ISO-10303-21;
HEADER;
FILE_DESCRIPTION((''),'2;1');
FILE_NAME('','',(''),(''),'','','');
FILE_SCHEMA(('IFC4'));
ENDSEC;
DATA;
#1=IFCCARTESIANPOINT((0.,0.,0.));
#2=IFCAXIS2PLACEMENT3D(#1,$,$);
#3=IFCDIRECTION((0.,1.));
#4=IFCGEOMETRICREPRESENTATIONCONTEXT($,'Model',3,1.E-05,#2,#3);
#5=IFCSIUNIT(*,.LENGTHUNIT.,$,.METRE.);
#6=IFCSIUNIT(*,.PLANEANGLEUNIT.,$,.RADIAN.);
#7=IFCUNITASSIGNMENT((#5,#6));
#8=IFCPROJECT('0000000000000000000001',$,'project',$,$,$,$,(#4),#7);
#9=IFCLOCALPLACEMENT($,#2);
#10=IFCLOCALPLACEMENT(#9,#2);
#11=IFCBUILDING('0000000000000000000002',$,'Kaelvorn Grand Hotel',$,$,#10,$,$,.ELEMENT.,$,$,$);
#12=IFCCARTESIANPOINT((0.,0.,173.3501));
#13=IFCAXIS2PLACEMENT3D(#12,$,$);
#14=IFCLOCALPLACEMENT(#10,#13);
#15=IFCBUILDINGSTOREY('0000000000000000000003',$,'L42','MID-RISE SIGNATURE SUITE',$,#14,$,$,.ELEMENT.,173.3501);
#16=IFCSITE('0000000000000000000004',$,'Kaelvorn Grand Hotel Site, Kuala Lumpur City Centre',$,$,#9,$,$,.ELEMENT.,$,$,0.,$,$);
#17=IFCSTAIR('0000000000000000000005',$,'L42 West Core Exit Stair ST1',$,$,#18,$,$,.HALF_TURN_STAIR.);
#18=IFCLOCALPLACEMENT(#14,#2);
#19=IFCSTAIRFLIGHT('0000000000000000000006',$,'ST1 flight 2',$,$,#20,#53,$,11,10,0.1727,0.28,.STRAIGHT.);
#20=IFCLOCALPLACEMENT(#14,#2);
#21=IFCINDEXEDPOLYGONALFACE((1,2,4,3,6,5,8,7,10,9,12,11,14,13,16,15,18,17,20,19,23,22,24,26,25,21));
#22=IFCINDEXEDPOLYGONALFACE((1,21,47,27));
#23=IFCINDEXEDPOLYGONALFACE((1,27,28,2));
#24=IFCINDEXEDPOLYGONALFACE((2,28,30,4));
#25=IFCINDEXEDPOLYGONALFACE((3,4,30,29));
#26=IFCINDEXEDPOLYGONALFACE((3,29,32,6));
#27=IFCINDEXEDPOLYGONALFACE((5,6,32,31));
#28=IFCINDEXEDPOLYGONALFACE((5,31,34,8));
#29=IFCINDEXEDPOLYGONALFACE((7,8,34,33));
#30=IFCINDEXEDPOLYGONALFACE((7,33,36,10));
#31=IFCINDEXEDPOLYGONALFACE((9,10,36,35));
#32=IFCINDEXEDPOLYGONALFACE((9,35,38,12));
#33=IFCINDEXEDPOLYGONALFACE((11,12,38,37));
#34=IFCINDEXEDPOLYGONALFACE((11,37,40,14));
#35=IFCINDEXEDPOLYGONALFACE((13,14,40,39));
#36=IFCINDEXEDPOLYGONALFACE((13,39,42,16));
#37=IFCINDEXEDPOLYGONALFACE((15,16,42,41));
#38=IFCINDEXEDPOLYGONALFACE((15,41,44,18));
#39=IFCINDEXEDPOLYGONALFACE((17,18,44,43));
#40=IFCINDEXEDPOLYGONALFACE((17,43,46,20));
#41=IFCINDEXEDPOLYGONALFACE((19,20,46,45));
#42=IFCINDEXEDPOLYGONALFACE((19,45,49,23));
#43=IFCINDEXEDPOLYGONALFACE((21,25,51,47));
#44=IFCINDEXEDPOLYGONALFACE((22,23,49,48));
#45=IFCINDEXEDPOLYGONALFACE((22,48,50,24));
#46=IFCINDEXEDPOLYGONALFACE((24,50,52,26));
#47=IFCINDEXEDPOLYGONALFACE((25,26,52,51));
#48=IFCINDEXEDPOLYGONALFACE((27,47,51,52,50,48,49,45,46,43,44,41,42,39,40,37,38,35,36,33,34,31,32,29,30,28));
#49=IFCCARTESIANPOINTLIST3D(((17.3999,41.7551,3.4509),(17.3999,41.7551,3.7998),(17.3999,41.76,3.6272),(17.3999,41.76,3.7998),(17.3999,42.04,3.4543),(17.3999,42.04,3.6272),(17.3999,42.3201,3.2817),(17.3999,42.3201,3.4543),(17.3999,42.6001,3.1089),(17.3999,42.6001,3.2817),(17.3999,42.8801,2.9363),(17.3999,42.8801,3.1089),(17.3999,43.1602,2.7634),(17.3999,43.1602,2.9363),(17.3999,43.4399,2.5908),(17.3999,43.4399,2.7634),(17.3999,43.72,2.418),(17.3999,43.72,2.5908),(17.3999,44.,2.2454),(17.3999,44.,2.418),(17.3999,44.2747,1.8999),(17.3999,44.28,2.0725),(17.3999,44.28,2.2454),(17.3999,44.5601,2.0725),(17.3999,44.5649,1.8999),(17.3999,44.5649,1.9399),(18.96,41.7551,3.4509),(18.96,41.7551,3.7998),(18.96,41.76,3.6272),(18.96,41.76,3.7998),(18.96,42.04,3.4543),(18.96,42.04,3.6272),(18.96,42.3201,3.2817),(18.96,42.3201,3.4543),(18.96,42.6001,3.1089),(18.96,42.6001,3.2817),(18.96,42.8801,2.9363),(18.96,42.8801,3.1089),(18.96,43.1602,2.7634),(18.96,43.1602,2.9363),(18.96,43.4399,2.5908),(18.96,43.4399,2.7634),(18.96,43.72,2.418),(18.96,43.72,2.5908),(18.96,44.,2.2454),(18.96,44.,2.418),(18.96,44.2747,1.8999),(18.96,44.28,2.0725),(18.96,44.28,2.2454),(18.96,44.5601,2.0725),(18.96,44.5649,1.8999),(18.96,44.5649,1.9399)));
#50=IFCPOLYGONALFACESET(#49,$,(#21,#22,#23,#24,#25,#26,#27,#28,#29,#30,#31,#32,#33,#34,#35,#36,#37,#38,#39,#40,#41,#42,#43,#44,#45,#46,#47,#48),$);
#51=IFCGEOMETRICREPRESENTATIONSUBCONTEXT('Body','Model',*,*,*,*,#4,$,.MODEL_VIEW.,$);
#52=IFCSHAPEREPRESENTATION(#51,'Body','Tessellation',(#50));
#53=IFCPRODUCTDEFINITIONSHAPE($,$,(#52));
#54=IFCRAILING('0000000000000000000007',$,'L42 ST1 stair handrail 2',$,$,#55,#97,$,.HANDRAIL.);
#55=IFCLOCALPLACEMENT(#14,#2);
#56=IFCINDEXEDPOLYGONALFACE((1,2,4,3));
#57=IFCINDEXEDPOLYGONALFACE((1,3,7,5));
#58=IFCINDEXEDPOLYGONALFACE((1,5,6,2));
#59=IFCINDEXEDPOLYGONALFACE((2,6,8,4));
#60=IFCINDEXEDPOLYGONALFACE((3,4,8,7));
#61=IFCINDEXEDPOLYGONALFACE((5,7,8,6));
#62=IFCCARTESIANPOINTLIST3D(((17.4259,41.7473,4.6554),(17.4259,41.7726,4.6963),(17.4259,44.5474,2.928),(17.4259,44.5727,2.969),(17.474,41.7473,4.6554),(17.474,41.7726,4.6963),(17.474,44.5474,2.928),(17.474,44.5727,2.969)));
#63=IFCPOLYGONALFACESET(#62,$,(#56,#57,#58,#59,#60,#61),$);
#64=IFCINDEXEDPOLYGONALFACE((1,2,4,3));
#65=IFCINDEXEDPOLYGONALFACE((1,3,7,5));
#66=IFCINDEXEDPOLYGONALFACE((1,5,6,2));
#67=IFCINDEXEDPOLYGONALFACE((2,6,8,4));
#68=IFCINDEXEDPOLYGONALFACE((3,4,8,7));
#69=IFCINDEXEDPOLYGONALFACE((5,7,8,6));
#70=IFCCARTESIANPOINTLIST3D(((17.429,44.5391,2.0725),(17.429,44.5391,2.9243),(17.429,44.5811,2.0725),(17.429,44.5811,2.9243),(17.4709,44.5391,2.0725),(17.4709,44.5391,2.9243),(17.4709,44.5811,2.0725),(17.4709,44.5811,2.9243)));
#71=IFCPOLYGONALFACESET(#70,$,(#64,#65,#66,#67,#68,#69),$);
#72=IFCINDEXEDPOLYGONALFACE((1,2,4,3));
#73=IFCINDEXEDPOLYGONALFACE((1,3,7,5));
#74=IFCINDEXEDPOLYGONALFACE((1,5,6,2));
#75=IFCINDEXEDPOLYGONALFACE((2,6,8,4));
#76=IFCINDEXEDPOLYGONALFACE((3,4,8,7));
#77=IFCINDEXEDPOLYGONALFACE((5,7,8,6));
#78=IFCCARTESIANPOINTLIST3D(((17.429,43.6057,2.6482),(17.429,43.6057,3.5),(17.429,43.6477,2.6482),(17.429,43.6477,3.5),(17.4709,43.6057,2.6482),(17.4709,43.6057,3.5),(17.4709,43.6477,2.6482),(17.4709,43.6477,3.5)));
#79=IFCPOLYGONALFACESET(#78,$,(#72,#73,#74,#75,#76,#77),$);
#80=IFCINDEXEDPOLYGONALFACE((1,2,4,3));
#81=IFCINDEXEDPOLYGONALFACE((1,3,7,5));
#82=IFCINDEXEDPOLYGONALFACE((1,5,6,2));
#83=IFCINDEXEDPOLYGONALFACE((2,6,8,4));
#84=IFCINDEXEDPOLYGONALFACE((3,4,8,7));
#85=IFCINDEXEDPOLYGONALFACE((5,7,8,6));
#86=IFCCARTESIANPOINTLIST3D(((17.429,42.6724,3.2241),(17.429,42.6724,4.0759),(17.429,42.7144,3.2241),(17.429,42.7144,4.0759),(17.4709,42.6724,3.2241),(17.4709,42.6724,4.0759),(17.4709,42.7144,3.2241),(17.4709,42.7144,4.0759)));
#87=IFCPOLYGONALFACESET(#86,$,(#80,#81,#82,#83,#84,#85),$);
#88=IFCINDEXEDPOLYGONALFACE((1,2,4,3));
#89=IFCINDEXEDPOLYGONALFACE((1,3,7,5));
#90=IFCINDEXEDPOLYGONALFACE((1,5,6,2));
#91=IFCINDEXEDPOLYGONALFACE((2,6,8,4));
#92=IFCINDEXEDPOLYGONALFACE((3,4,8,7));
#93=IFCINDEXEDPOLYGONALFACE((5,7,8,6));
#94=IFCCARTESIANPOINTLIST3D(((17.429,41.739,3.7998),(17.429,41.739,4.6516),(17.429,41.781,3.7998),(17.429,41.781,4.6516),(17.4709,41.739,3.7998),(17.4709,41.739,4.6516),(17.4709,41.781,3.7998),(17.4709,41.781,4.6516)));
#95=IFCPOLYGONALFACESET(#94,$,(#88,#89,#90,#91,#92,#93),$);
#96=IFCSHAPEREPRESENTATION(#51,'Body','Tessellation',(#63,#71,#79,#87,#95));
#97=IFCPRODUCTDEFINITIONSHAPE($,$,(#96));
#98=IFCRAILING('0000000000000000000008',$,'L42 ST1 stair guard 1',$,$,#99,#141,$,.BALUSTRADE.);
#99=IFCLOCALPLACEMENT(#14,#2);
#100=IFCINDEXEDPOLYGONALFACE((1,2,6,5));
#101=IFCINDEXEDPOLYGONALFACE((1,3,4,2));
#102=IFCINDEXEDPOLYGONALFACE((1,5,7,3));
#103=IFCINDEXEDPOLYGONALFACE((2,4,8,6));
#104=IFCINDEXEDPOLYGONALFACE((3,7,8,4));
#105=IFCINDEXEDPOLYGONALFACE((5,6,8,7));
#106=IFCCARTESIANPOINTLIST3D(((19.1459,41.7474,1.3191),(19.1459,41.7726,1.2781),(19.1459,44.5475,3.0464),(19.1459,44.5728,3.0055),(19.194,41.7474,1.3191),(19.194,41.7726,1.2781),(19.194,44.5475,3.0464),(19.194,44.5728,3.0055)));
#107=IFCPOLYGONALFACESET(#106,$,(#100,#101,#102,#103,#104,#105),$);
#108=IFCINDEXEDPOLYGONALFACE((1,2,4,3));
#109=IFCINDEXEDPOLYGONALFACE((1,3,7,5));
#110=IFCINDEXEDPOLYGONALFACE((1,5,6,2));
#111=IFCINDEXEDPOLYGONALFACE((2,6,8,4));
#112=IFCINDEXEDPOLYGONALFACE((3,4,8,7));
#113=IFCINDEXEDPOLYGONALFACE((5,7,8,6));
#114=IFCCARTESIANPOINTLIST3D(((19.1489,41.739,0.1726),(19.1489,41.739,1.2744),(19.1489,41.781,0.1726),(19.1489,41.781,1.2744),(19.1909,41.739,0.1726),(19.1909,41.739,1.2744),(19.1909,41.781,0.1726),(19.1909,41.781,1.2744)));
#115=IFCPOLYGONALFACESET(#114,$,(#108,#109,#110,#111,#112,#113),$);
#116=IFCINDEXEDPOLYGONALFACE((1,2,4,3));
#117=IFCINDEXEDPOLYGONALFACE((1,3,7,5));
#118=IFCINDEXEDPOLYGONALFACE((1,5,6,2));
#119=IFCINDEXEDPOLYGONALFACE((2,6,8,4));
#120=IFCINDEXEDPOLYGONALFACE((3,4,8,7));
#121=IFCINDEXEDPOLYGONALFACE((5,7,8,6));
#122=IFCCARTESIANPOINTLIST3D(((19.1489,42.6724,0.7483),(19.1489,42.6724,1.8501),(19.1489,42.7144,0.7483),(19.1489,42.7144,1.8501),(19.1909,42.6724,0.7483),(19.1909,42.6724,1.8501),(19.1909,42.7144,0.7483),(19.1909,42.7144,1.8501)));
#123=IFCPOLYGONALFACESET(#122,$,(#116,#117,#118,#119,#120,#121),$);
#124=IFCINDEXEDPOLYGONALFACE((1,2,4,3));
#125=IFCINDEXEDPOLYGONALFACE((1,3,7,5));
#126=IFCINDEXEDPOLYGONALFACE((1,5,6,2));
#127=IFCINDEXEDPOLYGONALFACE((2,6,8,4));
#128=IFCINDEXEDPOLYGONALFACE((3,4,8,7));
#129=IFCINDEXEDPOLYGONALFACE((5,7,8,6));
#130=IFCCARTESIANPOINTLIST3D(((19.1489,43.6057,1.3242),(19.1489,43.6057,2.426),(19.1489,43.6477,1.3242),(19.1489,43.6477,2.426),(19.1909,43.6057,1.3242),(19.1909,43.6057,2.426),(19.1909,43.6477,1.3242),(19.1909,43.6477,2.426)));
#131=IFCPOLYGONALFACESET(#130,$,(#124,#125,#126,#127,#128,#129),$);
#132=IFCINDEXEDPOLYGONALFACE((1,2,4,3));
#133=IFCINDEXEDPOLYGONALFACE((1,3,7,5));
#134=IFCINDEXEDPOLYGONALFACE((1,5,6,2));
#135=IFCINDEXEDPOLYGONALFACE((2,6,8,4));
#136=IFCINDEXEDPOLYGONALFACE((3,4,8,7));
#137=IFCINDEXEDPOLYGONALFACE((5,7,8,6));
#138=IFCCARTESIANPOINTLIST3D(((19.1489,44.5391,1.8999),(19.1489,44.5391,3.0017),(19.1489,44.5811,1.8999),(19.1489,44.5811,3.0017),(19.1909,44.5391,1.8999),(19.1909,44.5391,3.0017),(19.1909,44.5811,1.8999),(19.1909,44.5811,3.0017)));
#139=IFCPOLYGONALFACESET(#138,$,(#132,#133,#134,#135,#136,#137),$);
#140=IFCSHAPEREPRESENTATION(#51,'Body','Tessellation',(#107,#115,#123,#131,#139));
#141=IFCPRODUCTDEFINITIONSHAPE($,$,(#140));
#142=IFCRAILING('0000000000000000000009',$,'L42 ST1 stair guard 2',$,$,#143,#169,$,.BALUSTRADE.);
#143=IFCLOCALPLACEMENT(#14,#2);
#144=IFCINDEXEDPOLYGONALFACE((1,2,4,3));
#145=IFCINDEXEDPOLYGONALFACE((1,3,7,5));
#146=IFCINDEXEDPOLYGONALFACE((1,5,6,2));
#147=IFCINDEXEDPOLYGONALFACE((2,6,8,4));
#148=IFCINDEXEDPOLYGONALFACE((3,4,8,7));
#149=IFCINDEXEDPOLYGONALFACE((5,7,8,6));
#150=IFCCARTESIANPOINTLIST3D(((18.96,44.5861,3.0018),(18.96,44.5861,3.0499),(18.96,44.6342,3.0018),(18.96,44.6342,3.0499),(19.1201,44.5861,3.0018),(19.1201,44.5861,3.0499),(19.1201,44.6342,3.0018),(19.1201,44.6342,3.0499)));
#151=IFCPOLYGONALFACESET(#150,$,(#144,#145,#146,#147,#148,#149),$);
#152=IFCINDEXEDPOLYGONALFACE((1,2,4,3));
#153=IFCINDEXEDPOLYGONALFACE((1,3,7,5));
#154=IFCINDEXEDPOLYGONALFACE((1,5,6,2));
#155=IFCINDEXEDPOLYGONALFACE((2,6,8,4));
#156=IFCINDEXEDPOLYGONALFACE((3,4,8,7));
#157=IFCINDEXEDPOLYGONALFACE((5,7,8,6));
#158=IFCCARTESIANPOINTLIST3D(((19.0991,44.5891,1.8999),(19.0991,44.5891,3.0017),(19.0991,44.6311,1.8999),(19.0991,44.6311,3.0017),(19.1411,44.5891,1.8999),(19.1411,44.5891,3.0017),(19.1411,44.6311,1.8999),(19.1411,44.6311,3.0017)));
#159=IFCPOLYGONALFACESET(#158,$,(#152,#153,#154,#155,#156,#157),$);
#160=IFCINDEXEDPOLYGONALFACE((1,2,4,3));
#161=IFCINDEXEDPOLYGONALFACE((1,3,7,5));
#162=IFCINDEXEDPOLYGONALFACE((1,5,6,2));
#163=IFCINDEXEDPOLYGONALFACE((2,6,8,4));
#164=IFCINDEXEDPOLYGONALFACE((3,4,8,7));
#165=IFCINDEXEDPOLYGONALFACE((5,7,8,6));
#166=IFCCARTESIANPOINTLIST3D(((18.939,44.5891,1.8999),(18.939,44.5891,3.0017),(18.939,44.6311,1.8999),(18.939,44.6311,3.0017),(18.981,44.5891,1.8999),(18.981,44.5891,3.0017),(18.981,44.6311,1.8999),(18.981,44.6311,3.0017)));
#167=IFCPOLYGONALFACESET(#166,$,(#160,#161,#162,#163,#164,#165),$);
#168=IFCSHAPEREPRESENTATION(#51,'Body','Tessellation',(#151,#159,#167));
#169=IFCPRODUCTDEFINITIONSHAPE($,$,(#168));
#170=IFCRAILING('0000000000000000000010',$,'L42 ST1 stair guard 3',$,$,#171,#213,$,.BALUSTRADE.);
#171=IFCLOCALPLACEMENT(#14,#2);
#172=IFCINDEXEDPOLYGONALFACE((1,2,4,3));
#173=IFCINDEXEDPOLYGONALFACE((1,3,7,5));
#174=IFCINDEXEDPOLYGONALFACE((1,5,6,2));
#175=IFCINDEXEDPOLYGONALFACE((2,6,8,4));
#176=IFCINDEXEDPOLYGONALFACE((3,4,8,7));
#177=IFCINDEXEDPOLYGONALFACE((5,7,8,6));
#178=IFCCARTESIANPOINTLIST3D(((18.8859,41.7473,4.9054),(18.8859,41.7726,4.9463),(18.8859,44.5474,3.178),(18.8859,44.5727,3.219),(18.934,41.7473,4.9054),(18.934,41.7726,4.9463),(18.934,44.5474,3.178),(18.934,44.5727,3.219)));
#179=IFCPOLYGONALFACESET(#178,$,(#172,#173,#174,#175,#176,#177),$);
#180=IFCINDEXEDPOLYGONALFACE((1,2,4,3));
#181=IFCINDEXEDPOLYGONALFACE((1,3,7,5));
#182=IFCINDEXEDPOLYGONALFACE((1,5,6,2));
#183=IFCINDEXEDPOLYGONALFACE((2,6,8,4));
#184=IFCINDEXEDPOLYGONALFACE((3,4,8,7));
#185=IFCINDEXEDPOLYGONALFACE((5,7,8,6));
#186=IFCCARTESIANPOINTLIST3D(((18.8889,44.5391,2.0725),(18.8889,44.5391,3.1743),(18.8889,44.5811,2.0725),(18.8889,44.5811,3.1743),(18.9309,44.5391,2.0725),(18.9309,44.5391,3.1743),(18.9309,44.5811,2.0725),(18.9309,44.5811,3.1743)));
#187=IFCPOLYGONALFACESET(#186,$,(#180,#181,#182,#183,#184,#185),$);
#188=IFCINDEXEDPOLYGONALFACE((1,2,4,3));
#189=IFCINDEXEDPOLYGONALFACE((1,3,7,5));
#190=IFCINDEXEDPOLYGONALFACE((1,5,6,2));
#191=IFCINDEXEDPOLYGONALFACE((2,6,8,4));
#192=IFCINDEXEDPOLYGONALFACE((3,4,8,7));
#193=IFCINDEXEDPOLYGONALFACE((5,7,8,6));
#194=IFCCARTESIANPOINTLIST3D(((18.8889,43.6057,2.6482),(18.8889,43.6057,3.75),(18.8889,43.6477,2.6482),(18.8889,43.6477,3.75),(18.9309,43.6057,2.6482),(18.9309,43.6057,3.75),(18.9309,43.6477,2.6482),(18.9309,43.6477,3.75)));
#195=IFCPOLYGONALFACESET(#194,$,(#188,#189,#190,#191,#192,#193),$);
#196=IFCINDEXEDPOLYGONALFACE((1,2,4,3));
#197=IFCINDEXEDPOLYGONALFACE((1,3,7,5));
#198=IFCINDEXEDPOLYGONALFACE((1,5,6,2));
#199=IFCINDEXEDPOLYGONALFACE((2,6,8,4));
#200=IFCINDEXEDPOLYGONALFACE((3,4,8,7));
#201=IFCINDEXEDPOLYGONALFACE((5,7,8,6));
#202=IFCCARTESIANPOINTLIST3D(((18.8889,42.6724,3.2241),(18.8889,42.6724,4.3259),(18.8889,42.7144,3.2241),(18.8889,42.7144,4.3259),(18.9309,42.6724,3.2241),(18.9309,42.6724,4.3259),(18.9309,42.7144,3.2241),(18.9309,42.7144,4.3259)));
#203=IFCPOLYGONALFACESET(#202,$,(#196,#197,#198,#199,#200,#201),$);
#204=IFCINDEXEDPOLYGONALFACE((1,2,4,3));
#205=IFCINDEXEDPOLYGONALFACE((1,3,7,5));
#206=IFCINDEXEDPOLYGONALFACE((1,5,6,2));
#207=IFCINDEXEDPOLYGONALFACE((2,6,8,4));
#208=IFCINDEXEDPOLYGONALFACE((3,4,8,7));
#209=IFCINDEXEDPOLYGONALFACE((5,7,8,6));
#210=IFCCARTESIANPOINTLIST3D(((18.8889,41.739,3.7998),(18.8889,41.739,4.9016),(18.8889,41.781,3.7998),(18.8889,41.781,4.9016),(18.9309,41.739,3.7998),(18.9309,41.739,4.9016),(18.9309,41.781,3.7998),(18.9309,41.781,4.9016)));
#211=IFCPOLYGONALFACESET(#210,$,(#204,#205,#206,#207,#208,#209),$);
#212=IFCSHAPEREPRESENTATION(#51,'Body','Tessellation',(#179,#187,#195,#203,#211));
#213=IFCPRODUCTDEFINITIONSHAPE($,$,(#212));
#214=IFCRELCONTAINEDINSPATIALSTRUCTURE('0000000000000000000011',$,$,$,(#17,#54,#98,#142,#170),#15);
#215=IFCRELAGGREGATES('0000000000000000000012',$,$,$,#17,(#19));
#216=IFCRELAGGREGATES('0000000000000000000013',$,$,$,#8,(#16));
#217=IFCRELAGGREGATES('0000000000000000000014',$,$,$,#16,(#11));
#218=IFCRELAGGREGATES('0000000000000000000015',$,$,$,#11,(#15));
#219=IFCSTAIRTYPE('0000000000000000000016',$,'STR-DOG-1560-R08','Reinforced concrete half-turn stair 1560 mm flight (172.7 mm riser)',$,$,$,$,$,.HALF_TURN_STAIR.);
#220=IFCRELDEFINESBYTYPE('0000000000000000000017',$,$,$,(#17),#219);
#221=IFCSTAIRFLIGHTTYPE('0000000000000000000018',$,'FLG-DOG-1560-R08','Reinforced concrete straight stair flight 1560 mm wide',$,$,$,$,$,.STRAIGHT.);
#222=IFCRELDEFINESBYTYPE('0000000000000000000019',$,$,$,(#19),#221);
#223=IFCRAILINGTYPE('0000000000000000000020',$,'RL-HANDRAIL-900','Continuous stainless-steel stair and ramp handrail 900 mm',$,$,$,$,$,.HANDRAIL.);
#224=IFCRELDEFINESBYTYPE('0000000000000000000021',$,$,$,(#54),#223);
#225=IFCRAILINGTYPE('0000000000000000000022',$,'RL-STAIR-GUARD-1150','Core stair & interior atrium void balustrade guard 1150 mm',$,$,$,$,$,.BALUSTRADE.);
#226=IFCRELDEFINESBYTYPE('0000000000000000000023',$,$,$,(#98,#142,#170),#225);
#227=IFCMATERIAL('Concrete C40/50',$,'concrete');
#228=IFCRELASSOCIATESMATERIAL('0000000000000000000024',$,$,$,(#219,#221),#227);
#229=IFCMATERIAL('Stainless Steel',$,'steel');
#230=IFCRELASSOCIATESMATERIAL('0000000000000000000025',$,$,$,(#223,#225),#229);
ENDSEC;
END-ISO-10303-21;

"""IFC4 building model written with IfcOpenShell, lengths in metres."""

from ifc_helpers import new_model, si_unit, direction, frame, origin, origin_2d, place, context, subcontext, project, spatial, polyline, rectangle, outline, extrude, material, type_object, element, aggregate, save


model = new_model("IFC4")

# Units and contexts
model_context = context("Model", 3, precision=1e-05, world=origin(), true_north=direction((0.0, 1.0)))
body_context = subcontext(model_context, "Body", "Model", "MODEL_VIEW")
ifc_project = project(units=[si_unit("LENGTHUNIT", "METRE"), si_unit("PLANEANGLEUNIT", "RADIAN")], contexts=[model_context])

# Site, building, storey
site_placement = place(None, origin())
site = spatial("IfcSite", under=ifc_project, at=site_placement, Name="Kaelvorn Grand Hotel Site, Kuala Lumpur City Centre", CompositionType="ELEMENT", RefElevation=0.0)
building_placement = place(site_placement, origin())
building = spatial("IfcBuilding", under=site, at=building_placement, Name="Kaelvorn Grand Hotel", CompositionType="ELEMENT")
storey_placement = place(building_placement, frame((0.0, 0.0, 173.3501)))
storey = spatial("IfcBuildingStorey", under=building, at=storey_placement, Name="L42", Description="MID-RISE SIGNATURE SUITE", CompositionType="ELEMENT", Elevation=173.3501)

# Shared definitions
ifc_material_1 = material(Name="Concrete C40/50", Category="concrete")

# Stair, stair flight
stair_type = type_object("IfcStairType", Name="STR-DOG-1560-R08", Description="Reinforced concrete half-turn stair 1560 mm flight (172.7 mm riser)", PredefinedType="HALF_TURN_STAIR", material=ifc_material_1)
stair_placement = place(storey_placement, origin())
stair = element("IfcStair", 1, at=stair_placement, inside=storey, type_object=stair_type, Name="L42 West Core Exit Stair ST1", PredefinedType="HALF_TURN_STAIR")
stair_flight_type = type_object("IfcStairFlightType", Name="FLG-DOG-1560-R08", Description="Reinforced concrete straight stair flight 1560 mm wide", PredefinedType="STRAIGHT", material=ifc_material_1)
stair_flight_placement = place(storey_placement, frame((18.1799, 44.5601, 1.8999), z_axis=(0.0, 0.0, 1.0), x_axis=(0.0, -1.0, 0.0)))
stair_flight = element("IfcStairFlight", 2, at=stair_flight_placement, type_object=stair_flight_type, Name="ST1 flight 2", NumberOfRisers=11, NumberOfTreads=10, PredefinedType="STRAIGHT", RiserHeight=0.1727, TreadLength=0.28, context=body_context, shape_type="SweptSolid", body=[
    extrude(outline(polyline([(-0.0049, 0.0), (-0.0049, 0.04), (0.0, 0.1726), (0.28, 0.1726), (0.28, 0.3455), (0.5601, 0.3455), (0.5601, 0.5181), (0.8401, 0.5181), (0.8401, 0.6909), (1.1201, 0.6909), (1.1201, 0.8635), (1.3999, 0.8635), (1.3999, 1.0364), (1.6799, 1.0364), (1.6799, 1.209), (1.96, 1.209), (1.96, 1.3818), (2.24, 1.3818), (2.24, 1.5544), (2.52, 1.5544), (2.52, 1.7273), (2.8, 1.7273), (2.8, 1.8999), (2.8049, 1.8999), (2.8049, 1.551), (0.2854, 0.0), (-0.0049, 0.0)])), frame((0.0, 0.78, 0.0), z_axis=(0.0, -1.0, 0.0), x_axis=(1.0, 0.0, 0.0)), (0.0, 0.0, 1.0), 1.5601),
])
aggregate(stair, [stair_flight])

# Railings
ifc_material_2 = material(Name="Stainless Steel", Category="steel")
railing_type_1 = type_object("IfcRailingType", Name="RL-HANDRAIL-900", Description="Continuous stainless-steel stair and ramp handrail 900 mm", PredefinedType="HANDRAIL", material=ifc_material_2)
railing_1_placement = place(storey_placement, frame((17.45, 44.5601, 2.0725)))
element("IfcRailing", 3, at=railing_1_placement, inside=storey, type_object=railing_type_1, Name="L42 ST1 stair handrail 2", PredefinedType="HANDRAIL", context=body_context, shape_type="SweptSolid", body=[
    extrude(rectangle(XDim=0.0481, YDim=0.0481, at=origin_2d()), frame((0.0, 0.0, 0.876), z_axis=(0.0, -0.85109, 0.52502), x_axis=(1.0, 0.0, 0.0)), (0.0, 0.0, 1.0), 3.29),
    extrude(rectangle(XDim=0.042, YDim=0.042, at=origin_2d()), origin(), (0.0, 0.0, 1.0), 0.8518),
    extrude(rectangle(XDim=0.042, YDim=0.042, at=origin_2d()), frame((0.0, -0.9333, 0.5757)), (0.0, 0.0, 1.0), 0.8518),
    extrude(rectangle(XDim=0.042, YDim=0.042, at=origin_2d()), frame((0.0, -1.8667, 1.1516)), (0.0, 0.0, 1.0), 0.8518),
    extrude(rectangle(XDim=0.042, YDim=0.042, at=origin_2d()), frame((0.0, -2.8, 1.7273)), (0.0, 0.0, 1.0), 0.8518),
])
railing_type_2 = type_object("IfcRailingType", Name="RL-STAIR-GUARD-1150", Description="Core stair & interior atrium void balustrade guard 1150 mm", PredefinedType="BALUSTRADE", material=ifc_material_2)
railing_2_placement = place(storey_placement, frame((19.1699, 41.76, 0.1726)))
element("IfcRailing", 4, at=railing_2_placement, inside=storey, type_object=railing_type_2, Name="L42 ST1 stair guard 1", PredefinedType="BALUSTRADE", context=body_context, shape_type="SweptSolid", body=[
    extrude(rectangle(XDim=0.0481, YDim=0.0481, at=origin_2d()), frame((0.0, 0.0, 1.126), z_axis=(0.0, 0.85109, 0.52502), x_axis=(-1.0, 0.0, 0.0)), (0.0, 0.0, 1.0), 3.29),
    extrude(rectangle(XDim=0.042, YDim=0.042, at=origin_2d()), origin(), (0.0, 0.0, 1.0), 1.1018),
    extrude(rectangle(XDim=0.042, YDim=0.042, at=origin_2d()), frame((0.0, 0.9333, 0.5757)), (0.0, 0.0, 1.0), 1.1018),
    extrude(rectangle(XDim=0.042, YDim=0.042, at=origin_2d()), frame((0.0, 1.8667, 1.1516)), (0.0, 0.0, 1.0), 1.1018),
    extrude(rectangle(XDim=0.042, YDim=0.042, at=origin_2d()), frame((0.0, 2.8, 1.7273)), (0.0, 0.0, 1.0), 1.1018),
])
railing_3_placement = place(storey_placement, frame((19.1201, 44.6101, 1.8999)))
element("IfcRailing", 5, at=railing_3_placement, inside=storey, type_object=railing_type_2, Name="L42 ST1 stair guard 2", PredefinedType="BALUSTRADE", context=body_context, shape_type="SweptSolid", body=[
    extrude(rectangle(XDim=0.0481, YDim=0.0481, at=origin_2d()), frame((0.0, 0.0, 1.126), z_axis=(-1.0, 0.0, 0.0), x_axis=(0.0, -1.0, 0.0)), (0.0, 0.0, 1.0), 0.1602),
    extrude(rectangle(XDim=0.042, YDim=0.042, at=origin_2d()), origin(), (0.0, 0.0, 1.0), 1.1018),
    extrude(rectangle(XDim=0.042, YDim=0.042, at=origin_2d()), frame((-0.1602, 0.0, 0.0)), (0.0, 0.0, 1.0), 1.1018),
])
railing_4_placement = place(storey_placement, frame((18.9099, 44.5601, 2.0725)))
element("IfcRailing", 6, at=railing_4_placement, inside=storey, type_object=railing_type_2, Name="L42 ST1 stair guard 3", PredefinedType="BALUSTRADE", context=body_context, shape_type="SweptSolid", body=[
    extrude(rectangle(XDim=0.0481, YDim=0.0481, at=origin_2d()), frame((0.0, 0.0, 1.126), z_axis=(0.0, -0.85109, 0.52502), x_axis=(1.0, 0.0, 0.0)), (0.0, 0.0, 1.0), 3.29),
    extrude(rectangle(XDim=0.042, YDim=0.042, at=origin_2d()), origin(), (0.0, 0.0, 1.0), 1.1018),
    extrude(rectangle(XDim=0.042, YDim=0.042, at=origin_2d()), frame((0.0, -0.9333, 0.5757)), (0.0, 0.0, 1.0), 1.1018),
    extrude(rectangle(XDim=0.042, YDim=0.042, at=origin_2d()), frame((0.0, -1.8667, 1.1516)), (0.0, 0.0, 1.0), 1.1018),
    extrude(rectangle(XDim=0.042, YDim=0.042, at=origin_2d()), frame((0.0, -2.8, 1.7273)), (0.0, 0.0, 1.0), 1.1018),
])

save(model, "model.ifc")
